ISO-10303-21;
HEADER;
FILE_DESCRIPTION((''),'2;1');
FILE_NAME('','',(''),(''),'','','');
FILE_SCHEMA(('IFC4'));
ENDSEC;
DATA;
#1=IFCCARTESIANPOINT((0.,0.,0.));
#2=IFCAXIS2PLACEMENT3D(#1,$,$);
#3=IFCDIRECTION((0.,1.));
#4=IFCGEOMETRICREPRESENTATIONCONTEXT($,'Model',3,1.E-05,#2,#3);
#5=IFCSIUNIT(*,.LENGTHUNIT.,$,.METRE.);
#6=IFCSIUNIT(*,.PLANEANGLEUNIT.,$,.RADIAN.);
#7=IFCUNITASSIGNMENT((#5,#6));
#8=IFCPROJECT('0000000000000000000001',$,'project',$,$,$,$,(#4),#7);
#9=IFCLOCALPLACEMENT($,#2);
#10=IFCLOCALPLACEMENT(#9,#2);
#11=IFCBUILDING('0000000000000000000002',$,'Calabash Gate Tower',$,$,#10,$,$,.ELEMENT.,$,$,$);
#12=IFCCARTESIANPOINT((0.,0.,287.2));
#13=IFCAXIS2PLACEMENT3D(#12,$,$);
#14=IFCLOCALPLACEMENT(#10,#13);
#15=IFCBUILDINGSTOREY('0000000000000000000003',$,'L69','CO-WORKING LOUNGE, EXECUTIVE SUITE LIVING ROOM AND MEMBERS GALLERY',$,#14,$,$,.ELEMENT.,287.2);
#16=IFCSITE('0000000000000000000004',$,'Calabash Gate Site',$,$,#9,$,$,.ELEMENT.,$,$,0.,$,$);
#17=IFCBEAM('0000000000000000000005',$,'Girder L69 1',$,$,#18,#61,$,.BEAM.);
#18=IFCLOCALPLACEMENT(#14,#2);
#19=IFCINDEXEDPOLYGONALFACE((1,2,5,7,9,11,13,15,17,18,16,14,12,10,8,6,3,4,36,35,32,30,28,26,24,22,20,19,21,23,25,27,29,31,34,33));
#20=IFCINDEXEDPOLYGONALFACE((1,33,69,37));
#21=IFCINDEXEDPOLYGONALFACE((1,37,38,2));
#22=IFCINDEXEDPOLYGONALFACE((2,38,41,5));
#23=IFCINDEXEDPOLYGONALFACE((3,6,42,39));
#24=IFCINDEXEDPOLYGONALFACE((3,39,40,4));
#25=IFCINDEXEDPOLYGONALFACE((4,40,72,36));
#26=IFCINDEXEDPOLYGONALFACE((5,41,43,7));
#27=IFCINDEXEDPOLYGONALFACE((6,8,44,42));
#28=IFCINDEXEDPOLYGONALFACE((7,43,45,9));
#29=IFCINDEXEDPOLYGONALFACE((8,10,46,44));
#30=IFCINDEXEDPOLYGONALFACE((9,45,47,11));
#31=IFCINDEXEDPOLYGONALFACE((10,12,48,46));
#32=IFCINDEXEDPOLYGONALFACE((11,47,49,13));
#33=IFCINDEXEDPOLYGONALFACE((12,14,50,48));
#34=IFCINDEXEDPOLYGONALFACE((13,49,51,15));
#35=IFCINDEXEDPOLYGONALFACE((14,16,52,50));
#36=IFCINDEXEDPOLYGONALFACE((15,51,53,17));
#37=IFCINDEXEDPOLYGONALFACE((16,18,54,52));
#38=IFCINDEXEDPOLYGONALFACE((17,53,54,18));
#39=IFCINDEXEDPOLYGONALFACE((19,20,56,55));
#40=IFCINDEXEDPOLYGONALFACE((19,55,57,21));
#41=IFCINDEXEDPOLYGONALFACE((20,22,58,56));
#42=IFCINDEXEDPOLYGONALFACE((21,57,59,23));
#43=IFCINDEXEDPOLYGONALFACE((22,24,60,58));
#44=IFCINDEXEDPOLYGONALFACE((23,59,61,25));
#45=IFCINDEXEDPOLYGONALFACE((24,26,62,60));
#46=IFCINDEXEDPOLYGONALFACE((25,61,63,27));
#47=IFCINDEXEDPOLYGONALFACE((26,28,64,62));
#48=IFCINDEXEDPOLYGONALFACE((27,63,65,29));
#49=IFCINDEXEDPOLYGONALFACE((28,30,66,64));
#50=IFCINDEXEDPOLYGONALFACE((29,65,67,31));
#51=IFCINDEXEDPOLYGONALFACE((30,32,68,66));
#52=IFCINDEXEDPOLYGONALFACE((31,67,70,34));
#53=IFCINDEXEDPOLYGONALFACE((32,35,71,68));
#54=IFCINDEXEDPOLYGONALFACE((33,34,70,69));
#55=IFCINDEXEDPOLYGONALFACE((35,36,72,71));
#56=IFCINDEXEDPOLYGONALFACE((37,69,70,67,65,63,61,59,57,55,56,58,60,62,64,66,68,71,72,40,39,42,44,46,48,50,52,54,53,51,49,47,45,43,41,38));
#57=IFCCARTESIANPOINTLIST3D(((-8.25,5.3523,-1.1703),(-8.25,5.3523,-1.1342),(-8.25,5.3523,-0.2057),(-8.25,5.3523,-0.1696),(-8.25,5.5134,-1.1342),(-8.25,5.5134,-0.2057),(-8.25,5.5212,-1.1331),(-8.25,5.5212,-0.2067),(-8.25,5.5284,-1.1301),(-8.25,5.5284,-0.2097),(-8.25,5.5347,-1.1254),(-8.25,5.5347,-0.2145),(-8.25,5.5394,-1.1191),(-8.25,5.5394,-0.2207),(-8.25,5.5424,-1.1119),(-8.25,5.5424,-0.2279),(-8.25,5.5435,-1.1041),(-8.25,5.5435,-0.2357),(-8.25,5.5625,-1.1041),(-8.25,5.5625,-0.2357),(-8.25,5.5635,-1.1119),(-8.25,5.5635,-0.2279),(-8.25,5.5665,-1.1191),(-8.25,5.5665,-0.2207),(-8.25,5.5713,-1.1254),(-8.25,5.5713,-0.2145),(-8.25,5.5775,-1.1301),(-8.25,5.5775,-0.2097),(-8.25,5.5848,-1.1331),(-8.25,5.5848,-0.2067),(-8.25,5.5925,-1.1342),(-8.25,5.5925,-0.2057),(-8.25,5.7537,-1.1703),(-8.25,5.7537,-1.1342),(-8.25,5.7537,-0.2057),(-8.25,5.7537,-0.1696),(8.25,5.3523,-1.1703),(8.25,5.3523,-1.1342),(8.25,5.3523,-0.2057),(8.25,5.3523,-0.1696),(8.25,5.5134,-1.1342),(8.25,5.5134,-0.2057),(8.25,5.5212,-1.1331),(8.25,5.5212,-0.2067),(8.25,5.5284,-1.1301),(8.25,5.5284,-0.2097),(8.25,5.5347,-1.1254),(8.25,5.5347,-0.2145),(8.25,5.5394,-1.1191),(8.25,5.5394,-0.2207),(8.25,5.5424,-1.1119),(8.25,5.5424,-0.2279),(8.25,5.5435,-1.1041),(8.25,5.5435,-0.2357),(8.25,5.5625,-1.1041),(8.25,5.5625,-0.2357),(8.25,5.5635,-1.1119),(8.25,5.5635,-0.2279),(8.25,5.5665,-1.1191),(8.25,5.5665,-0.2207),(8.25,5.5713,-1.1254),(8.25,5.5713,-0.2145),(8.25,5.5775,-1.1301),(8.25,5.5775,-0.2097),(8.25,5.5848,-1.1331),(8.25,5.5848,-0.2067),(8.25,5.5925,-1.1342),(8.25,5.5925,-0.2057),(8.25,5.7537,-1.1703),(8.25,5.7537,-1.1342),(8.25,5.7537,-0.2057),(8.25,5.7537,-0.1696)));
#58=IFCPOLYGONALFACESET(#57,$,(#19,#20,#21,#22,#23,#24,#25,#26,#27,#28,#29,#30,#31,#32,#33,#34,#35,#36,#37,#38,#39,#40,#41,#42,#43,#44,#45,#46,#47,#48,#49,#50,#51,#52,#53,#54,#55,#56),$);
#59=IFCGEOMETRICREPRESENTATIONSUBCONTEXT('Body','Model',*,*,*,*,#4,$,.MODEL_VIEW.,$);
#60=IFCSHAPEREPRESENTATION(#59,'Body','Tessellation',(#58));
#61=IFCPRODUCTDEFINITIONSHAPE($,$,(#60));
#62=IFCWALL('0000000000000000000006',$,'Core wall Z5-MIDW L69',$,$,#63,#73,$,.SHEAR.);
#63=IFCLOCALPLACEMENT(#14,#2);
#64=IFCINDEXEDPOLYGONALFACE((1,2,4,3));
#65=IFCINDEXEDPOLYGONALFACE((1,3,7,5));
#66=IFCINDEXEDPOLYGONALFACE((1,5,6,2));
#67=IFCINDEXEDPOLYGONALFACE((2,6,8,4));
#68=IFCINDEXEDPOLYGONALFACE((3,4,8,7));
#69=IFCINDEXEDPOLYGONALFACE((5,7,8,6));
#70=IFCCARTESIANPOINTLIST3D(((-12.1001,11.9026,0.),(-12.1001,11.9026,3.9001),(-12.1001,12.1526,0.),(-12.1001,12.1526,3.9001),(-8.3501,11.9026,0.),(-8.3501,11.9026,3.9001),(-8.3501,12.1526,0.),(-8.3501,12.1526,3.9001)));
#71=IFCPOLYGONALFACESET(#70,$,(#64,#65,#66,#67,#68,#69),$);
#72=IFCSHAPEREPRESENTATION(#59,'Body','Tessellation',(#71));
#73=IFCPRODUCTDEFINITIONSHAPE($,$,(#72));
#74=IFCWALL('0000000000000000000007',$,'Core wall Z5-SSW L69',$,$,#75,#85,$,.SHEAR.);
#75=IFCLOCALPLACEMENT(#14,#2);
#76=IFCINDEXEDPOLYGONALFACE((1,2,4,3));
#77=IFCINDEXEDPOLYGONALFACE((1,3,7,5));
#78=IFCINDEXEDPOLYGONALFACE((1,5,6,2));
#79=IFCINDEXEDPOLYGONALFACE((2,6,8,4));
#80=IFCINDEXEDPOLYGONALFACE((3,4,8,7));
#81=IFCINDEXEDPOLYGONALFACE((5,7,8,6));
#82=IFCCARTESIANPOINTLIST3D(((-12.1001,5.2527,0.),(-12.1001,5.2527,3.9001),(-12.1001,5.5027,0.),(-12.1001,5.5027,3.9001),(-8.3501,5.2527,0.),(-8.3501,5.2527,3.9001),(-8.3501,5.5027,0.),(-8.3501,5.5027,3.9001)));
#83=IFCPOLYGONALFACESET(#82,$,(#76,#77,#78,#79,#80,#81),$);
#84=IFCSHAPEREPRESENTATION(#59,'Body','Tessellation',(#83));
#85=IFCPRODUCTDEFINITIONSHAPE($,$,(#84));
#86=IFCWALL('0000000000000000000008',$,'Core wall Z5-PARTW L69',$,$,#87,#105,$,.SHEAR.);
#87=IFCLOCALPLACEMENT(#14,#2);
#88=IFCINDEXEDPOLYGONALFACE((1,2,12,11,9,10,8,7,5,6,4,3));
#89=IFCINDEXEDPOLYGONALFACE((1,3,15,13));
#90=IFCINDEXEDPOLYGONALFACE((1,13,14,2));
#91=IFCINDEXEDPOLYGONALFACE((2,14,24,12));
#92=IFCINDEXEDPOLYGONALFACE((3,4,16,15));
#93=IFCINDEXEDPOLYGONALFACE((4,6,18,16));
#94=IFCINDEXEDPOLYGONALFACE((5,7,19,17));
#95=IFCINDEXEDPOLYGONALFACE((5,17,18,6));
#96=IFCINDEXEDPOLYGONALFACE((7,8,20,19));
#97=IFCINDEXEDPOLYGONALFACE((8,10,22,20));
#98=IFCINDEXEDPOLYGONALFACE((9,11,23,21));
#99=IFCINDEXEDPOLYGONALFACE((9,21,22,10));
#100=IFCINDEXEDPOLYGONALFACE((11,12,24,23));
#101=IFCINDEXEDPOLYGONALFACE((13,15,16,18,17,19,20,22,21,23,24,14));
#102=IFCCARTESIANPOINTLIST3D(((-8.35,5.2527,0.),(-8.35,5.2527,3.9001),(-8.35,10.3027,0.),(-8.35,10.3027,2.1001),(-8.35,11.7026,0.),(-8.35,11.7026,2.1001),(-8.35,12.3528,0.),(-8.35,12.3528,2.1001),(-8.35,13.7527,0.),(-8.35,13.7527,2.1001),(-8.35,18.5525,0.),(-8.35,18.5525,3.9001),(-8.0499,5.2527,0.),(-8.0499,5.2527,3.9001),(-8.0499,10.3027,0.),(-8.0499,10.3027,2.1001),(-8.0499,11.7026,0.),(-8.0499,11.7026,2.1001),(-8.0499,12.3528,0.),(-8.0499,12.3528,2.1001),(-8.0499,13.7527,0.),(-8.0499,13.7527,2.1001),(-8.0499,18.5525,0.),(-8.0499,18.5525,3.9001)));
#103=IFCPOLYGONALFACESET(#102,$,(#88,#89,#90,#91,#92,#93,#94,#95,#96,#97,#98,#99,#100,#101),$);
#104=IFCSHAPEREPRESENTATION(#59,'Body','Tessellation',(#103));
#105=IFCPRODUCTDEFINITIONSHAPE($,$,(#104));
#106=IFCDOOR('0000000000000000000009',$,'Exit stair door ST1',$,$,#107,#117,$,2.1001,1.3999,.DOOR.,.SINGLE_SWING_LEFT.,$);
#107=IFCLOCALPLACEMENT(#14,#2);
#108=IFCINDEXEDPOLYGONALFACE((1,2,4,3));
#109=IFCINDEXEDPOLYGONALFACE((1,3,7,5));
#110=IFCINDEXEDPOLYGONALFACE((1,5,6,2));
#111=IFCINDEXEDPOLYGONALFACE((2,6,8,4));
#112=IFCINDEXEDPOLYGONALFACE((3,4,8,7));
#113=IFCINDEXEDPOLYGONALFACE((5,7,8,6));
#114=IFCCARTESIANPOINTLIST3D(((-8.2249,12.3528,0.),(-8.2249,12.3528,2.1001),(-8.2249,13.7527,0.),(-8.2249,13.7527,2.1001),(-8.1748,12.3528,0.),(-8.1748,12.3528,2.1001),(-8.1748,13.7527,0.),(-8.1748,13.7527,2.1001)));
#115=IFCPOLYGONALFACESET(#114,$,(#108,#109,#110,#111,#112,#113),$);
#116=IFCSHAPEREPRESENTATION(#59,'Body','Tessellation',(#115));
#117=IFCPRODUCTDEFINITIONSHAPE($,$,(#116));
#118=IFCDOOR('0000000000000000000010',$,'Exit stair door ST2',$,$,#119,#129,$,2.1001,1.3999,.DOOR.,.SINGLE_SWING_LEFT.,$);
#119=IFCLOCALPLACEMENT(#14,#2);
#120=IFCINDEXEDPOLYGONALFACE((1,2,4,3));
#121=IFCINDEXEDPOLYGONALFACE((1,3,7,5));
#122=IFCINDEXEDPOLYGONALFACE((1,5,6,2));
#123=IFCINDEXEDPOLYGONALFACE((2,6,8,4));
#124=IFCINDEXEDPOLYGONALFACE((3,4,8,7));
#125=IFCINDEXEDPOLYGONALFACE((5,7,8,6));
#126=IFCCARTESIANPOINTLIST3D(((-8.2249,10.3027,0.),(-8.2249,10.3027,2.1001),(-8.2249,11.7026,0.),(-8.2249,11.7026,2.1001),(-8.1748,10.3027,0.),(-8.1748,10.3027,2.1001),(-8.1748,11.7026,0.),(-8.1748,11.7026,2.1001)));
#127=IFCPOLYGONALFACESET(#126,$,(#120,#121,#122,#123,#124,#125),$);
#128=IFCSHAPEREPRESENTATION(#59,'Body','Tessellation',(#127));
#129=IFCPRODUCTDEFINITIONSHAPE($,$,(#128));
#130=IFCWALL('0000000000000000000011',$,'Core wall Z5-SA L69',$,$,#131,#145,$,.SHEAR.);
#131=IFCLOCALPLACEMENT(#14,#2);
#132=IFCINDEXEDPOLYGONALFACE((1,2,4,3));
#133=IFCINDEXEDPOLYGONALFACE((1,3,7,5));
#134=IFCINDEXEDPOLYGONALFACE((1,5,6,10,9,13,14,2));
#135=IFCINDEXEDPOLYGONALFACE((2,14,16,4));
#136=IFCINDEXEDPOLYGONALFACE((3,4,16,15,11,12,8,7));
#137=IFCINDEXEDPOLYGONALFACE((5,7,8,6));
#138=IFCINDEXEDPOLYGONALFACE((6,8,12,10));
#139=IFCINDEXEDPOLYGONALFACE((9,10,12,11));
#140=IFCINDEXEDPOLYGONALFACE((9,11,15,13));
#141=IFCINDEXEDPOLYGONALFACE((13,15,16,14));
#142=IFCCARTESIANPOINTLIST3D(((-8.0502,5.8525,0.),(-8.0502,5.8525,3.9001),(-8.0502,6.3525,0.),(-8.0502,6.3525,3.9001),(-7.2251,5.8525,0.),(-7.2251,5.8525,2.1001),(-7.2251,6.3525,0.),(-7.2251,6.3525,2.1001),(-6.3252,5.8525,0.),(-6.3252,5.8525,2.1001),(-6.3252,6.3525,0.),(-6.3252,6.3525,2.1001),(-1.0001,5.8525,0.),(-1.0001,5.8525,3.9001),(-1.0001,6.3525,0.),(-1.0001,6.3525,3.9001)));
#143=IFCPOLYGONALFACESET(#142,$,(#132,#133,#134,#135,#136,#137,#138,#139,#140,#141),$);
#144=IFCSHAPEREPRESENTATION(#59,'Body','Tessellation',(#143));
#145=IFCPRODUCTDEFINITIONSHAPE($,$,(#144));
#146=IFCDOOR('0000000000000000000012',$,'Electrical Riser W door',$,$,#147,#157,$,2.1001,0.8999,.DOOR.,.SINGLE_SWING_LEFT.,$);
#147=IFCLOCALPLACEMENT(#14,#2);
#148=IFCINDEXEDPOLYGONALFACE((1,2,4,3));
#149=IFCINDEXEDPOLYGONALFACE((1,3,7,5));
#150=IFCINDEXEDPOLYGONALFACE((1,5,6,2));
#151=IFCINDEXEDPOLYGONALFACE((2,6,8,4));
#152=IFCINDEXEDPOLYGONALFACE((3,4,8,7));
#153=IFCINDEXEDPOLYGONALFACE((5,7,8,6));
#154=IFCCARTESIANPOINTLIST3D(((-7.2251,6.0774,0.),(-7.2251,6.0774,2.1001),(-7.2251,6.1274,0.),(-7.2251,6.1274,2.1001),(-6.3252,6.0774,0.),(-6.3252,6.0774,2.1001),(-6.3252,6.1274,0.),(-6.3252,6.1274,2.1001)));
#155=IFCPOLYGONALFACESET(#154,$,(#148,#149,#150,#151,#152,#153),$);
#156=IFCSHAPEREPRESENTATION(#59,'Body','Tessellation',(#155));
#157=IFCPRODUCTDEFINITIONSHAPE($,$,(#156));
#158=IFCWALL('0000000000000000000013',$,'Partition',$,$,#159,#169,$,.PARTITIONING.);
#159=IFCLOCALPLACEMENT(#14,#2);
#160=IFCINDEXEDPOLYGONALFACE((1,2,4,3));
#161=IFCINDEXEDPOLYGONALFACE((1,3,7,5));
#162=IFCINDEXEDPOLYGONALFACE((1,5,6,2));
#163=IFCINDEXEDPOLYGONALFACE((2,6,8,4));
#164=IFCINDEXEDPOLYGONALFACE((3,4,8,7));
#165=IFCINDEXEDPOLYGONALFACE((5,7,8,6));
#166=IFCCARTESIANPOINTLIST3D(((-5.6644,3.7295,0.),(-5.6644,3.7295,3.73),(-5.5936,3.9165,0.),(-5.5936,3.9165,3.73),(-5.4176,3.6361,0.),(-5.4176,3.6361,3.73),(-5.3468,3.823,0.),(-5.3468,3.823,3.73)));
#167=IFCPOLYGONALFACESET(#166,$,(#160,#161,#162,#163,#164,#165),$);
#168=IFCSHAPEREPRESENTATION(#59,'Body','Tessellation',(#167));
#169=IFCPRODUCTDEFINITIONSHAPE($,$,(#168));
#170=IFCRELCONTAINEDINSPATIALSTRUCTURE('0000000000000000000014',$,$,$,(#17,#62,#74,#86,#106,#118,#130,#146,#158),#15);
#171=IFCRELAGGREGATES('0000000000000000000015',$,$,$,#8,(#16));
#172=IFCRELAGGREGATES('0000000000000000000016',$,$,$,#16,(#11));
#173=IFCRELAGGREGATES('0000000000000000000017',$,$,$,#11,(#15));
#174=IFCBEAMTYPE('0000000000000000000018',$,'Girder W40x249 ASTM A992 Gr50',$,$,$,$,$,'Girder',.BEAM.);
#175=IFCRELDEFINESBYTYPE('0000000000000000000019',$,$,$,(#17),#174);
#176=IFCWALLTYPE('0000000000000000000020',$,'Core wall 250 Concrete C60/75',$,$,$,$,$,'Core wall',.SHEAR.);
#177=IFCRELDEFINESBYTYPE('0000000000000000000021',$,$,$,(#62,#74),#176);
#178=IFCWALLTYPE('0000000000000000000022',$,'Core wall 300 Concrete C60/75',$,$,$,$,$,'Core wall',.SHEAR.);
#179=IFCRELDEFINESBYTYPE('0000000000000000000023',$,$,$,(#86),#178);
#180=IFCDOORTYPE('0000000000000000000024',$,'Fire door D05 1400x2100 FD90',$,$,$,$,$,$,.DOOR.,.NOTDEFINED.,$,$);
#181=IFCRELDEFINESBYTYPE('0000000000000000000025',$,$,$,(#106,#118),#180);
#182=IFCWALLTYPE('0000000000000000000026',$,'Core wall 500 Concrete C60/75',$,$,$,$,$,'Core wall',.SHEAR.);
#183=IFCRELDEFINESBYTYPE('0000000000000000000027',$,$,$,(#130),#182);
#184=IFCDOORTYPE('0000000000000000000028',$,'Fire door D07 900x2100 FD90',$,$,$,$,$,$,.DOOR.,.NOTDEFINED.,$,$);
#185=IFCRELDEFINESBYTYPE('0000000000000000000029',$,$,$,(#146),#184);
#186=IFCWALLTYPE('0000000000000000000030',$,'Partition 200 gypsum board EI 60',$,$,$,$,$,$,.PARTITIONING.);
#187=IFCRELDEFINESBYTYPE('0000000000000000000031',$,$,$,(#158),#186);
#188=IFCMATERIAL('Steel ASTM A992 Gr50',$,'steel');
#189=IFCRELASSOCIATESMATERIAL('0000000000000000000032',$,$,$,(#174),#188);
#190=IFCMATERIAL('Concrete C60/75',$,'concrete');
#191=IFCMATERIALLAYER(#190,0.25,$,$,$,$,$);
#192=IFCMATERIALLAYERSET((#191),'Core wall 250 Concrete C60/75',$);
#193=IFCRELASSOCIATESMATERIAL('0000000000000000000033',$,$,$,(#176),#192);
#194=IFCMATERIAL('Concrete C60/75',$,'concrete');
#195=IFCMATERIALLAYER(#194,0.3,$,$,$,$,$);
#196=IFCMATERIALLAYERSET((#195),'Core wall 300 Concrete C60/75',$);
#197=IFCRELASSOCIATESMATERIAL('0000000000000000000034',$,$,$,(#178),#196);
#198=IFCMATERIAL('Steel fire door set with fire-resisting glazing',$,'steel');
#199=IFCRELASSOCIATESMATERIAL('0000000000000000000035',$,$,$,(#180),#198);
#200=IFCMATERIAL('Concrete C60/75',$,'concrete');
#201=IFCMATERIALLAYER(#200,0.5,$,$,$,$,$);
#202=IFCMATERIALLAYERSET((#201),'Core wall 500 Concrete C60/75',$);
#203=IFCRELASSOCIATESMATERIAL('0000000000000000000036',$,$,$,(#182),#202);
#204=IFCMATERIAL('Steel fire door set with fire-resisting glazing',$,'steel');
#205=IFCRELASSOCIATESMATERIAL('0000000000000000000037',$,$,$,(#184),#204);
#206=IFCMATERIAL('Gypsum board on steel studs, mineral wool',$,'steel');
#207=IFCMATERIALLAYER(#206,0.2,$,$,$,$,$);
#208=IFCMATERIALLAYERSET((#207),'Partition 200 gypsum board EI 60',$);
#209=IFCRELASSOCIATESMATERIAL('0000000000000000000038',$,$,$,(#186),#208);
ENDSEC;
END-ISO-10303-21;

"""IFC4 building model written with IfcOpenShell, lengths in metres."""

from ifc_helpers import new_model, si_unit, direction, frame, frame_2d, origin, origin_2d, place, context, subcontext, project, spatial, rectangle, i_section, extrude, material, layer, layer_set, material_profile, profile_set, type_object, element, fill, save


model = new_model("IFC4")

# Units and contexts
model_context = context("Model", 3, precision=1e-05, world=origin(), true_north=direction((0.0, 1.0)))
body_context = subcontext(model_context, "Body", "Model", "MODEL_VIEW")
ifc_project = project(units=[si_unit("LENGTHUNIT", "METRE"), si_unit("PLANEANGLEUNIT", "RADIAN")], contexts=[model_context])

# Site, building, storey
site_placement = place(None, origin())
site = spatial("IfcSite", under=ifc_project, at=site_placement, Name="Calabash Gate Site", CompositionType="ELEMENT", RefElevation=0.0)
building_placement = place(site_placement, origin())
building = spatial("IfcBuilding", under=site, at=building_placement, Name="Calabash Gate Tower", CompositionType="ELEMENT")
storey_placement = place(building_placement, frame((0.0, 0.0, 287.2)))
storey = spatial("IfcBuildingStorey", under=building, at=storey_placement, Name="L69", Description="CO-WORKING LOUNGE, EXECUTIVE SUITE LIVING ROOM AND MEMBERS GALLERY", CompositionType="ELEMENT", Elevation=287.2)

# Beam
ifc_material_1 = material(Name="Steel ASTM A992 Gr50", Category="steel")
ifc_material_profile = material_profile(ifc_material_1, i_section(OverallWidth=0.4014, OverallDepth=1.0007, WebThickness=0.019, FlangeThickness=0.0361, FilletRadius=0.03, at=origin_2d()))
ifc_profile_set = profile_set([ifc_material_profile], Name="Steel ASTM A992 Gr50")
beam_type = type_object("IfcBeamType", Name="Girder W40x249 ASTM A992 Gr50", ElementType="Girder", PredefinedType="BEAM", material=ifc_profile_set)
beam_placement = place(storey_placement, frame((-8.25, 5.553, -0.6699), z_axis=(1.0, 0.0, 0.0), x_axis=(0.0, 1.0, 0.0)))
element("IfcBeam", 1, at=beam_placement, inside=storey, type_object=beam_type, Name="Girder L69 1", PredefinedType="BEAM", context=body_context, shape_type="SweptSolid", body=[
    extrude(i_section(OverallWidth=0.4014, OverallDepth=1.0007, WebThickness=0.019, FlangeThickness=0.0361, FilletRadius=0.03, at=origin_2d()), origin(), (0.0, 0.0, 1.0), 16.5),
])

# Walls
ifc_material_2 = material(Name="Concrete C60/75", Category="concrete")
ifc_layer_1 = layer(ifc_material_2, 0.25)
ifc_layer_set_1 = layer_set([ifc_layer_1], Name="Core wall 250 Concrete C60/75")
wall_type_1 = type_object("IfcWallType", Name="Core wall 250 Concrete C60/75", ElementType="Core wall", PredefinedType="SHEAR", material=ifc_layer_set_1)
for number, where, z_axis, x_axis, name in (
    (2, (-12.1001, 12.0276, 0.0), (0.0, 0.0, 1.0), (1.0, 0.0, 0.0), "Core wall Z5-MIDW L69"),
    (3, (-12.1001, 5.3777, 0.0), (0.0, 0.0, 1.0), (1.0, 0.0, 0.0), "Core wall Z5-SSW L69"),
):
    element("IfcWall", number, at=place(storey_placement, frame(where, z_axis=z_axis, x_axis=x_axis)), inside=storey, type_object=wall_type_1, Name=name, PredefinedType="SHEAR", context=body_context, shape_type="SweptSolid", body=[
        extrude(rectangle(XDim=3.75, YDim=0.25, at=frame_2d((1.875, 0.0))), origin(), (0.0, 0.0, 1.0), 3.9001),
    ])

# Wall, openings, doors
ifc_material_3 = material(Name="Concrete C60/75", Category="concrete")
ifc_layer_2 = layer(ifc_material_3, 0.3)
ifc_layer_set_2 = layer_set([ifc_layer_2], Name="Core wall 300 Concrete C60/75")
wall_type_2 = type_object("IfcWallType", Name="Core wall 300 Concrete C60/75", ElementType="Core wall", PredefinedType="SHEAR", material=ifc_layer_set_2)
wall_1_placement = place(storey_placement, frame((-8.2, 5.2527, 0.0), z_axis=(0.0, 0.0, 1.0), x_axis=(0.0, 1.0, 0.0)))
wall_1 = element("IfcWall", 4, at=wall_1_placement, inside=storey, type_object=wall_type_2, Name="Core wall Z5-PARTW L69", PredefinedType="SHEAR", context=body_context, shape_type="SweptSolid", body=[
    extrude(rectangle(XDim=13.2998, YDim=0.3, at=frame_2d((6.6499, 0.0))), origin(), (0.0, 0.0, 1.0), 3.9001),
])
opening_1_placement = place(wall_1_placement, frame((7.1001, 0.0, 0.0)))
opening_1 = element("IfcOpeningElement", 5, at=opening_1_placement, cuts=wall_1, PredefinedType="OPENING", context=body_context, shape_type="SweptSolid", body=[
    extrude(rectangle(XDim=1.3999, YDim=2.1001, at=frame_2d((0.7, 1.05))), frame((0.0, 0.1599, 0.0), z_axis=(0.0, -1.0, 0.0), x_axis=(1.0, 0.0, 0.0)), (0.0, 0.0, 1.0), 0.3201),
])
opening_2_placement = place(wall_1_placement, frame((5.05, 0.0, 0.0)))
opening_2 = element("IfcOpeningElement", 6, at=opening_2_placement, cuts=wall_1, PredefinedType="OPENING", context=body_context, shape_type="SweptSolid", body=[
    extrude(rectangle(XDim=1.3999, YDim=2.1001, at=frame_2d((0.7, 1.05))), frame((0.0, 0.1599, 0.0), z_axis=(0.0, -1.0, 0.0), x_axis=(1.0, 0.0, 0.0)), (0.0, 0.0, 1.0), 0.3201),
])
ifc_material_4 = material(Name="Steel fire door set with fire-resisting glazing", Category="steel")
door_type_1 = type_object("IfcDoorType", Name="Fire door D05 1400x2100 FD90", OperationType="NOTDEFINED", PredefinedType="DOOR", material=ifc_material_4)
door_1_placement = place(opening_1_placement, origin())
door_1 = element("IfcDoor", 7, at=door_1_placement, inside=storey, type_object=door_type_1, Name="Exit stair door ST1", OperationType="SINGLE_SWING_LEFT", OverallHeight=2.1001, OverallWidth=1.3999, PredefinedType="DOOR", context=body_context, shape_type="SweptSolid", body=[
    extrude(rectangle(XDim=1.3999, YDim=2.1001, at=frame_2d((0.7, 1.05))), frame((0.0, 0.0249, 0.0), z_axis=(0.0, -1.0, 0.0), x_axis=(1.0, 0.0, 0.0)), (0.0, 0.0, 1.0), 0.05),
])
fill(opening_1, door_1)
door_2_placement = place(opening_2_placement, origin())
door_2 = element("IfcDoor", 8, at=door_2_placement, inside=storey, type_object=door_type_1, Name="Exit stair door ST2", OperationType="SINGLE_SWING_LEFT", OverallHeight=2.1001, OverallWidth=1.3999, PredefinedType="DOOR", context=body_context, shape_type="SweptSolid", body=[
    extrude(rectangle(XDim=1.3999, YDim=2.1001, at=frame_2d((0.7, 1.05))), frame((0.0, 0.0249, 0.0), z_axis=(0.0, -1.0, 0.0), x_axis=(1.0, 0.0, 0.0)), (0.0, 0.0, 1.0), 0.05),
])
fill(opening_2, door_2)

# Wall, opening, door
ifc_material_5 = material(Name="Concrete C60/75", Category="concrete")
ifc_layer_3 = layer(ifc_material_5, 0.5)
ifc_layer_set_3 = layer_set([ifc_layer_3], Name="Core wall 500 Concrete C60/75")
wall_type_3 = type_object("IfcWallType", Name="Core wall 500 Concrete C60/75", ElementType="Core wall", PredefinedType="SHEAR", material=ifc_layer_set_3)
wall_2_placement = place(storey_placement, frame((-8.05, 6.1025, 0.0), z_axis=(0.0, 0.0, 1.0), x_axis=(1.0, 0.0, 0.0)))
wall_2 = element("IfcWall", 9, at=wall_2_placement, inside=storey, type_object=wall_type_3, Name="Core wall Z5-SA L69", PredefinedType="SHEAR", context=body_context, shape_type="SweptSolid", body=[
    extrude(rectangle(XDim=7.05, YDim=0.5, at=frame_2d((3.5249, 0.0))), origin(), (0.0, 0.0, 1.0), 3.9001),
])
opening_3_placement = place(wall_2_placement, frame((0.825, 0.0, 0.0)))
opening_3 = element("IfcOpeningElement", 10, at=opening_3_placement, cuts=wall_2, PredefinedType="OPENING", context=body_context, shape_type="SweptSolid", body=[
    extrude(rectangle(XDim=0.8999, YDim=2.1001, at=frame_2d((0.45, 1.05))), frame((0.0, 0.26, 0.0), z_axis=(0.0, -1.0, 0.0), x_axis=(1.0, 0.0, 0.0)), (0.0, 0.0, 1.0), 0.52),
])
ifc_material_6 = material(Name="Steel fire door set with fire-resisting glazing", Category="steel")
door_type_2 = type_object("IfcDoorType", Name="Fire door D07 900x2100 FD90", OperationType="NOTDEFINED", PredefinedType="DOOR", material=ifc_material_6)
door_3_placement = place(opening_3_placement, origin())
door_3 = element("IfcDoor", 11, at=door_3_placement, inside=storey, type_object=door_type_2, Name="Electrical Riser W door", OperationType="SINGLE_SWING_LEFT", OverallHeight=2.1001, OverallWidth=0.8999, PredefinedType="DOOR", context=body_context, shape_type="SweptSolid", body=[
    extrude(rectangle(XDim=0.8999, YDim=2.1001, at=frame_2d((0.45, 1.05))), frame((0.0, 0.0249, 0.0), z_axis=(0.0, -1.0, 0.0), x_axis=(1.0, 0.0, 0.0)), (0.0, 0.0, 1.0), 0.05),
])
fill(opening_3, door_3)

# Wall
ifc_material_7 = material(Name="Gypsum board on steel studs, mineral wool", Category="steel")
ifc_layer_4 = layer(ifc_material_7, 0.2)
ifc_layer_set_4 = layer_set([ifc_layer_4], Name="Partition 200 gypsum board EI 60")
wall_type_4 = type_object("IfcWallType", Name="Partition 200 gypsum board EI 60", PredefinedType="PARTITIONING", material=ifc_layer_set_4)
wall_3_placement = place(storey_placement, frame((-5.6289, 3.823, 0.0), z_axis=(0.0, 0.0, 1.0), x_axis=(0.935146, -0.354264, 0.0)))
element("IfcWall", 12, at=wall_3_placement, inside=storey, type_object=wall_type_4, Name="Partition", PredefinedType="PARTITIONING", context=body_context, shape_type="SweptSolid", body=[
    extrude(rectangle(XDim=0.2639, YDim=0.2, at=frame_2d((0.1318, 0.0))), origin(), (0.0, 0.0, 1.0), 3.73),
])

save(model, "model.ifc")
